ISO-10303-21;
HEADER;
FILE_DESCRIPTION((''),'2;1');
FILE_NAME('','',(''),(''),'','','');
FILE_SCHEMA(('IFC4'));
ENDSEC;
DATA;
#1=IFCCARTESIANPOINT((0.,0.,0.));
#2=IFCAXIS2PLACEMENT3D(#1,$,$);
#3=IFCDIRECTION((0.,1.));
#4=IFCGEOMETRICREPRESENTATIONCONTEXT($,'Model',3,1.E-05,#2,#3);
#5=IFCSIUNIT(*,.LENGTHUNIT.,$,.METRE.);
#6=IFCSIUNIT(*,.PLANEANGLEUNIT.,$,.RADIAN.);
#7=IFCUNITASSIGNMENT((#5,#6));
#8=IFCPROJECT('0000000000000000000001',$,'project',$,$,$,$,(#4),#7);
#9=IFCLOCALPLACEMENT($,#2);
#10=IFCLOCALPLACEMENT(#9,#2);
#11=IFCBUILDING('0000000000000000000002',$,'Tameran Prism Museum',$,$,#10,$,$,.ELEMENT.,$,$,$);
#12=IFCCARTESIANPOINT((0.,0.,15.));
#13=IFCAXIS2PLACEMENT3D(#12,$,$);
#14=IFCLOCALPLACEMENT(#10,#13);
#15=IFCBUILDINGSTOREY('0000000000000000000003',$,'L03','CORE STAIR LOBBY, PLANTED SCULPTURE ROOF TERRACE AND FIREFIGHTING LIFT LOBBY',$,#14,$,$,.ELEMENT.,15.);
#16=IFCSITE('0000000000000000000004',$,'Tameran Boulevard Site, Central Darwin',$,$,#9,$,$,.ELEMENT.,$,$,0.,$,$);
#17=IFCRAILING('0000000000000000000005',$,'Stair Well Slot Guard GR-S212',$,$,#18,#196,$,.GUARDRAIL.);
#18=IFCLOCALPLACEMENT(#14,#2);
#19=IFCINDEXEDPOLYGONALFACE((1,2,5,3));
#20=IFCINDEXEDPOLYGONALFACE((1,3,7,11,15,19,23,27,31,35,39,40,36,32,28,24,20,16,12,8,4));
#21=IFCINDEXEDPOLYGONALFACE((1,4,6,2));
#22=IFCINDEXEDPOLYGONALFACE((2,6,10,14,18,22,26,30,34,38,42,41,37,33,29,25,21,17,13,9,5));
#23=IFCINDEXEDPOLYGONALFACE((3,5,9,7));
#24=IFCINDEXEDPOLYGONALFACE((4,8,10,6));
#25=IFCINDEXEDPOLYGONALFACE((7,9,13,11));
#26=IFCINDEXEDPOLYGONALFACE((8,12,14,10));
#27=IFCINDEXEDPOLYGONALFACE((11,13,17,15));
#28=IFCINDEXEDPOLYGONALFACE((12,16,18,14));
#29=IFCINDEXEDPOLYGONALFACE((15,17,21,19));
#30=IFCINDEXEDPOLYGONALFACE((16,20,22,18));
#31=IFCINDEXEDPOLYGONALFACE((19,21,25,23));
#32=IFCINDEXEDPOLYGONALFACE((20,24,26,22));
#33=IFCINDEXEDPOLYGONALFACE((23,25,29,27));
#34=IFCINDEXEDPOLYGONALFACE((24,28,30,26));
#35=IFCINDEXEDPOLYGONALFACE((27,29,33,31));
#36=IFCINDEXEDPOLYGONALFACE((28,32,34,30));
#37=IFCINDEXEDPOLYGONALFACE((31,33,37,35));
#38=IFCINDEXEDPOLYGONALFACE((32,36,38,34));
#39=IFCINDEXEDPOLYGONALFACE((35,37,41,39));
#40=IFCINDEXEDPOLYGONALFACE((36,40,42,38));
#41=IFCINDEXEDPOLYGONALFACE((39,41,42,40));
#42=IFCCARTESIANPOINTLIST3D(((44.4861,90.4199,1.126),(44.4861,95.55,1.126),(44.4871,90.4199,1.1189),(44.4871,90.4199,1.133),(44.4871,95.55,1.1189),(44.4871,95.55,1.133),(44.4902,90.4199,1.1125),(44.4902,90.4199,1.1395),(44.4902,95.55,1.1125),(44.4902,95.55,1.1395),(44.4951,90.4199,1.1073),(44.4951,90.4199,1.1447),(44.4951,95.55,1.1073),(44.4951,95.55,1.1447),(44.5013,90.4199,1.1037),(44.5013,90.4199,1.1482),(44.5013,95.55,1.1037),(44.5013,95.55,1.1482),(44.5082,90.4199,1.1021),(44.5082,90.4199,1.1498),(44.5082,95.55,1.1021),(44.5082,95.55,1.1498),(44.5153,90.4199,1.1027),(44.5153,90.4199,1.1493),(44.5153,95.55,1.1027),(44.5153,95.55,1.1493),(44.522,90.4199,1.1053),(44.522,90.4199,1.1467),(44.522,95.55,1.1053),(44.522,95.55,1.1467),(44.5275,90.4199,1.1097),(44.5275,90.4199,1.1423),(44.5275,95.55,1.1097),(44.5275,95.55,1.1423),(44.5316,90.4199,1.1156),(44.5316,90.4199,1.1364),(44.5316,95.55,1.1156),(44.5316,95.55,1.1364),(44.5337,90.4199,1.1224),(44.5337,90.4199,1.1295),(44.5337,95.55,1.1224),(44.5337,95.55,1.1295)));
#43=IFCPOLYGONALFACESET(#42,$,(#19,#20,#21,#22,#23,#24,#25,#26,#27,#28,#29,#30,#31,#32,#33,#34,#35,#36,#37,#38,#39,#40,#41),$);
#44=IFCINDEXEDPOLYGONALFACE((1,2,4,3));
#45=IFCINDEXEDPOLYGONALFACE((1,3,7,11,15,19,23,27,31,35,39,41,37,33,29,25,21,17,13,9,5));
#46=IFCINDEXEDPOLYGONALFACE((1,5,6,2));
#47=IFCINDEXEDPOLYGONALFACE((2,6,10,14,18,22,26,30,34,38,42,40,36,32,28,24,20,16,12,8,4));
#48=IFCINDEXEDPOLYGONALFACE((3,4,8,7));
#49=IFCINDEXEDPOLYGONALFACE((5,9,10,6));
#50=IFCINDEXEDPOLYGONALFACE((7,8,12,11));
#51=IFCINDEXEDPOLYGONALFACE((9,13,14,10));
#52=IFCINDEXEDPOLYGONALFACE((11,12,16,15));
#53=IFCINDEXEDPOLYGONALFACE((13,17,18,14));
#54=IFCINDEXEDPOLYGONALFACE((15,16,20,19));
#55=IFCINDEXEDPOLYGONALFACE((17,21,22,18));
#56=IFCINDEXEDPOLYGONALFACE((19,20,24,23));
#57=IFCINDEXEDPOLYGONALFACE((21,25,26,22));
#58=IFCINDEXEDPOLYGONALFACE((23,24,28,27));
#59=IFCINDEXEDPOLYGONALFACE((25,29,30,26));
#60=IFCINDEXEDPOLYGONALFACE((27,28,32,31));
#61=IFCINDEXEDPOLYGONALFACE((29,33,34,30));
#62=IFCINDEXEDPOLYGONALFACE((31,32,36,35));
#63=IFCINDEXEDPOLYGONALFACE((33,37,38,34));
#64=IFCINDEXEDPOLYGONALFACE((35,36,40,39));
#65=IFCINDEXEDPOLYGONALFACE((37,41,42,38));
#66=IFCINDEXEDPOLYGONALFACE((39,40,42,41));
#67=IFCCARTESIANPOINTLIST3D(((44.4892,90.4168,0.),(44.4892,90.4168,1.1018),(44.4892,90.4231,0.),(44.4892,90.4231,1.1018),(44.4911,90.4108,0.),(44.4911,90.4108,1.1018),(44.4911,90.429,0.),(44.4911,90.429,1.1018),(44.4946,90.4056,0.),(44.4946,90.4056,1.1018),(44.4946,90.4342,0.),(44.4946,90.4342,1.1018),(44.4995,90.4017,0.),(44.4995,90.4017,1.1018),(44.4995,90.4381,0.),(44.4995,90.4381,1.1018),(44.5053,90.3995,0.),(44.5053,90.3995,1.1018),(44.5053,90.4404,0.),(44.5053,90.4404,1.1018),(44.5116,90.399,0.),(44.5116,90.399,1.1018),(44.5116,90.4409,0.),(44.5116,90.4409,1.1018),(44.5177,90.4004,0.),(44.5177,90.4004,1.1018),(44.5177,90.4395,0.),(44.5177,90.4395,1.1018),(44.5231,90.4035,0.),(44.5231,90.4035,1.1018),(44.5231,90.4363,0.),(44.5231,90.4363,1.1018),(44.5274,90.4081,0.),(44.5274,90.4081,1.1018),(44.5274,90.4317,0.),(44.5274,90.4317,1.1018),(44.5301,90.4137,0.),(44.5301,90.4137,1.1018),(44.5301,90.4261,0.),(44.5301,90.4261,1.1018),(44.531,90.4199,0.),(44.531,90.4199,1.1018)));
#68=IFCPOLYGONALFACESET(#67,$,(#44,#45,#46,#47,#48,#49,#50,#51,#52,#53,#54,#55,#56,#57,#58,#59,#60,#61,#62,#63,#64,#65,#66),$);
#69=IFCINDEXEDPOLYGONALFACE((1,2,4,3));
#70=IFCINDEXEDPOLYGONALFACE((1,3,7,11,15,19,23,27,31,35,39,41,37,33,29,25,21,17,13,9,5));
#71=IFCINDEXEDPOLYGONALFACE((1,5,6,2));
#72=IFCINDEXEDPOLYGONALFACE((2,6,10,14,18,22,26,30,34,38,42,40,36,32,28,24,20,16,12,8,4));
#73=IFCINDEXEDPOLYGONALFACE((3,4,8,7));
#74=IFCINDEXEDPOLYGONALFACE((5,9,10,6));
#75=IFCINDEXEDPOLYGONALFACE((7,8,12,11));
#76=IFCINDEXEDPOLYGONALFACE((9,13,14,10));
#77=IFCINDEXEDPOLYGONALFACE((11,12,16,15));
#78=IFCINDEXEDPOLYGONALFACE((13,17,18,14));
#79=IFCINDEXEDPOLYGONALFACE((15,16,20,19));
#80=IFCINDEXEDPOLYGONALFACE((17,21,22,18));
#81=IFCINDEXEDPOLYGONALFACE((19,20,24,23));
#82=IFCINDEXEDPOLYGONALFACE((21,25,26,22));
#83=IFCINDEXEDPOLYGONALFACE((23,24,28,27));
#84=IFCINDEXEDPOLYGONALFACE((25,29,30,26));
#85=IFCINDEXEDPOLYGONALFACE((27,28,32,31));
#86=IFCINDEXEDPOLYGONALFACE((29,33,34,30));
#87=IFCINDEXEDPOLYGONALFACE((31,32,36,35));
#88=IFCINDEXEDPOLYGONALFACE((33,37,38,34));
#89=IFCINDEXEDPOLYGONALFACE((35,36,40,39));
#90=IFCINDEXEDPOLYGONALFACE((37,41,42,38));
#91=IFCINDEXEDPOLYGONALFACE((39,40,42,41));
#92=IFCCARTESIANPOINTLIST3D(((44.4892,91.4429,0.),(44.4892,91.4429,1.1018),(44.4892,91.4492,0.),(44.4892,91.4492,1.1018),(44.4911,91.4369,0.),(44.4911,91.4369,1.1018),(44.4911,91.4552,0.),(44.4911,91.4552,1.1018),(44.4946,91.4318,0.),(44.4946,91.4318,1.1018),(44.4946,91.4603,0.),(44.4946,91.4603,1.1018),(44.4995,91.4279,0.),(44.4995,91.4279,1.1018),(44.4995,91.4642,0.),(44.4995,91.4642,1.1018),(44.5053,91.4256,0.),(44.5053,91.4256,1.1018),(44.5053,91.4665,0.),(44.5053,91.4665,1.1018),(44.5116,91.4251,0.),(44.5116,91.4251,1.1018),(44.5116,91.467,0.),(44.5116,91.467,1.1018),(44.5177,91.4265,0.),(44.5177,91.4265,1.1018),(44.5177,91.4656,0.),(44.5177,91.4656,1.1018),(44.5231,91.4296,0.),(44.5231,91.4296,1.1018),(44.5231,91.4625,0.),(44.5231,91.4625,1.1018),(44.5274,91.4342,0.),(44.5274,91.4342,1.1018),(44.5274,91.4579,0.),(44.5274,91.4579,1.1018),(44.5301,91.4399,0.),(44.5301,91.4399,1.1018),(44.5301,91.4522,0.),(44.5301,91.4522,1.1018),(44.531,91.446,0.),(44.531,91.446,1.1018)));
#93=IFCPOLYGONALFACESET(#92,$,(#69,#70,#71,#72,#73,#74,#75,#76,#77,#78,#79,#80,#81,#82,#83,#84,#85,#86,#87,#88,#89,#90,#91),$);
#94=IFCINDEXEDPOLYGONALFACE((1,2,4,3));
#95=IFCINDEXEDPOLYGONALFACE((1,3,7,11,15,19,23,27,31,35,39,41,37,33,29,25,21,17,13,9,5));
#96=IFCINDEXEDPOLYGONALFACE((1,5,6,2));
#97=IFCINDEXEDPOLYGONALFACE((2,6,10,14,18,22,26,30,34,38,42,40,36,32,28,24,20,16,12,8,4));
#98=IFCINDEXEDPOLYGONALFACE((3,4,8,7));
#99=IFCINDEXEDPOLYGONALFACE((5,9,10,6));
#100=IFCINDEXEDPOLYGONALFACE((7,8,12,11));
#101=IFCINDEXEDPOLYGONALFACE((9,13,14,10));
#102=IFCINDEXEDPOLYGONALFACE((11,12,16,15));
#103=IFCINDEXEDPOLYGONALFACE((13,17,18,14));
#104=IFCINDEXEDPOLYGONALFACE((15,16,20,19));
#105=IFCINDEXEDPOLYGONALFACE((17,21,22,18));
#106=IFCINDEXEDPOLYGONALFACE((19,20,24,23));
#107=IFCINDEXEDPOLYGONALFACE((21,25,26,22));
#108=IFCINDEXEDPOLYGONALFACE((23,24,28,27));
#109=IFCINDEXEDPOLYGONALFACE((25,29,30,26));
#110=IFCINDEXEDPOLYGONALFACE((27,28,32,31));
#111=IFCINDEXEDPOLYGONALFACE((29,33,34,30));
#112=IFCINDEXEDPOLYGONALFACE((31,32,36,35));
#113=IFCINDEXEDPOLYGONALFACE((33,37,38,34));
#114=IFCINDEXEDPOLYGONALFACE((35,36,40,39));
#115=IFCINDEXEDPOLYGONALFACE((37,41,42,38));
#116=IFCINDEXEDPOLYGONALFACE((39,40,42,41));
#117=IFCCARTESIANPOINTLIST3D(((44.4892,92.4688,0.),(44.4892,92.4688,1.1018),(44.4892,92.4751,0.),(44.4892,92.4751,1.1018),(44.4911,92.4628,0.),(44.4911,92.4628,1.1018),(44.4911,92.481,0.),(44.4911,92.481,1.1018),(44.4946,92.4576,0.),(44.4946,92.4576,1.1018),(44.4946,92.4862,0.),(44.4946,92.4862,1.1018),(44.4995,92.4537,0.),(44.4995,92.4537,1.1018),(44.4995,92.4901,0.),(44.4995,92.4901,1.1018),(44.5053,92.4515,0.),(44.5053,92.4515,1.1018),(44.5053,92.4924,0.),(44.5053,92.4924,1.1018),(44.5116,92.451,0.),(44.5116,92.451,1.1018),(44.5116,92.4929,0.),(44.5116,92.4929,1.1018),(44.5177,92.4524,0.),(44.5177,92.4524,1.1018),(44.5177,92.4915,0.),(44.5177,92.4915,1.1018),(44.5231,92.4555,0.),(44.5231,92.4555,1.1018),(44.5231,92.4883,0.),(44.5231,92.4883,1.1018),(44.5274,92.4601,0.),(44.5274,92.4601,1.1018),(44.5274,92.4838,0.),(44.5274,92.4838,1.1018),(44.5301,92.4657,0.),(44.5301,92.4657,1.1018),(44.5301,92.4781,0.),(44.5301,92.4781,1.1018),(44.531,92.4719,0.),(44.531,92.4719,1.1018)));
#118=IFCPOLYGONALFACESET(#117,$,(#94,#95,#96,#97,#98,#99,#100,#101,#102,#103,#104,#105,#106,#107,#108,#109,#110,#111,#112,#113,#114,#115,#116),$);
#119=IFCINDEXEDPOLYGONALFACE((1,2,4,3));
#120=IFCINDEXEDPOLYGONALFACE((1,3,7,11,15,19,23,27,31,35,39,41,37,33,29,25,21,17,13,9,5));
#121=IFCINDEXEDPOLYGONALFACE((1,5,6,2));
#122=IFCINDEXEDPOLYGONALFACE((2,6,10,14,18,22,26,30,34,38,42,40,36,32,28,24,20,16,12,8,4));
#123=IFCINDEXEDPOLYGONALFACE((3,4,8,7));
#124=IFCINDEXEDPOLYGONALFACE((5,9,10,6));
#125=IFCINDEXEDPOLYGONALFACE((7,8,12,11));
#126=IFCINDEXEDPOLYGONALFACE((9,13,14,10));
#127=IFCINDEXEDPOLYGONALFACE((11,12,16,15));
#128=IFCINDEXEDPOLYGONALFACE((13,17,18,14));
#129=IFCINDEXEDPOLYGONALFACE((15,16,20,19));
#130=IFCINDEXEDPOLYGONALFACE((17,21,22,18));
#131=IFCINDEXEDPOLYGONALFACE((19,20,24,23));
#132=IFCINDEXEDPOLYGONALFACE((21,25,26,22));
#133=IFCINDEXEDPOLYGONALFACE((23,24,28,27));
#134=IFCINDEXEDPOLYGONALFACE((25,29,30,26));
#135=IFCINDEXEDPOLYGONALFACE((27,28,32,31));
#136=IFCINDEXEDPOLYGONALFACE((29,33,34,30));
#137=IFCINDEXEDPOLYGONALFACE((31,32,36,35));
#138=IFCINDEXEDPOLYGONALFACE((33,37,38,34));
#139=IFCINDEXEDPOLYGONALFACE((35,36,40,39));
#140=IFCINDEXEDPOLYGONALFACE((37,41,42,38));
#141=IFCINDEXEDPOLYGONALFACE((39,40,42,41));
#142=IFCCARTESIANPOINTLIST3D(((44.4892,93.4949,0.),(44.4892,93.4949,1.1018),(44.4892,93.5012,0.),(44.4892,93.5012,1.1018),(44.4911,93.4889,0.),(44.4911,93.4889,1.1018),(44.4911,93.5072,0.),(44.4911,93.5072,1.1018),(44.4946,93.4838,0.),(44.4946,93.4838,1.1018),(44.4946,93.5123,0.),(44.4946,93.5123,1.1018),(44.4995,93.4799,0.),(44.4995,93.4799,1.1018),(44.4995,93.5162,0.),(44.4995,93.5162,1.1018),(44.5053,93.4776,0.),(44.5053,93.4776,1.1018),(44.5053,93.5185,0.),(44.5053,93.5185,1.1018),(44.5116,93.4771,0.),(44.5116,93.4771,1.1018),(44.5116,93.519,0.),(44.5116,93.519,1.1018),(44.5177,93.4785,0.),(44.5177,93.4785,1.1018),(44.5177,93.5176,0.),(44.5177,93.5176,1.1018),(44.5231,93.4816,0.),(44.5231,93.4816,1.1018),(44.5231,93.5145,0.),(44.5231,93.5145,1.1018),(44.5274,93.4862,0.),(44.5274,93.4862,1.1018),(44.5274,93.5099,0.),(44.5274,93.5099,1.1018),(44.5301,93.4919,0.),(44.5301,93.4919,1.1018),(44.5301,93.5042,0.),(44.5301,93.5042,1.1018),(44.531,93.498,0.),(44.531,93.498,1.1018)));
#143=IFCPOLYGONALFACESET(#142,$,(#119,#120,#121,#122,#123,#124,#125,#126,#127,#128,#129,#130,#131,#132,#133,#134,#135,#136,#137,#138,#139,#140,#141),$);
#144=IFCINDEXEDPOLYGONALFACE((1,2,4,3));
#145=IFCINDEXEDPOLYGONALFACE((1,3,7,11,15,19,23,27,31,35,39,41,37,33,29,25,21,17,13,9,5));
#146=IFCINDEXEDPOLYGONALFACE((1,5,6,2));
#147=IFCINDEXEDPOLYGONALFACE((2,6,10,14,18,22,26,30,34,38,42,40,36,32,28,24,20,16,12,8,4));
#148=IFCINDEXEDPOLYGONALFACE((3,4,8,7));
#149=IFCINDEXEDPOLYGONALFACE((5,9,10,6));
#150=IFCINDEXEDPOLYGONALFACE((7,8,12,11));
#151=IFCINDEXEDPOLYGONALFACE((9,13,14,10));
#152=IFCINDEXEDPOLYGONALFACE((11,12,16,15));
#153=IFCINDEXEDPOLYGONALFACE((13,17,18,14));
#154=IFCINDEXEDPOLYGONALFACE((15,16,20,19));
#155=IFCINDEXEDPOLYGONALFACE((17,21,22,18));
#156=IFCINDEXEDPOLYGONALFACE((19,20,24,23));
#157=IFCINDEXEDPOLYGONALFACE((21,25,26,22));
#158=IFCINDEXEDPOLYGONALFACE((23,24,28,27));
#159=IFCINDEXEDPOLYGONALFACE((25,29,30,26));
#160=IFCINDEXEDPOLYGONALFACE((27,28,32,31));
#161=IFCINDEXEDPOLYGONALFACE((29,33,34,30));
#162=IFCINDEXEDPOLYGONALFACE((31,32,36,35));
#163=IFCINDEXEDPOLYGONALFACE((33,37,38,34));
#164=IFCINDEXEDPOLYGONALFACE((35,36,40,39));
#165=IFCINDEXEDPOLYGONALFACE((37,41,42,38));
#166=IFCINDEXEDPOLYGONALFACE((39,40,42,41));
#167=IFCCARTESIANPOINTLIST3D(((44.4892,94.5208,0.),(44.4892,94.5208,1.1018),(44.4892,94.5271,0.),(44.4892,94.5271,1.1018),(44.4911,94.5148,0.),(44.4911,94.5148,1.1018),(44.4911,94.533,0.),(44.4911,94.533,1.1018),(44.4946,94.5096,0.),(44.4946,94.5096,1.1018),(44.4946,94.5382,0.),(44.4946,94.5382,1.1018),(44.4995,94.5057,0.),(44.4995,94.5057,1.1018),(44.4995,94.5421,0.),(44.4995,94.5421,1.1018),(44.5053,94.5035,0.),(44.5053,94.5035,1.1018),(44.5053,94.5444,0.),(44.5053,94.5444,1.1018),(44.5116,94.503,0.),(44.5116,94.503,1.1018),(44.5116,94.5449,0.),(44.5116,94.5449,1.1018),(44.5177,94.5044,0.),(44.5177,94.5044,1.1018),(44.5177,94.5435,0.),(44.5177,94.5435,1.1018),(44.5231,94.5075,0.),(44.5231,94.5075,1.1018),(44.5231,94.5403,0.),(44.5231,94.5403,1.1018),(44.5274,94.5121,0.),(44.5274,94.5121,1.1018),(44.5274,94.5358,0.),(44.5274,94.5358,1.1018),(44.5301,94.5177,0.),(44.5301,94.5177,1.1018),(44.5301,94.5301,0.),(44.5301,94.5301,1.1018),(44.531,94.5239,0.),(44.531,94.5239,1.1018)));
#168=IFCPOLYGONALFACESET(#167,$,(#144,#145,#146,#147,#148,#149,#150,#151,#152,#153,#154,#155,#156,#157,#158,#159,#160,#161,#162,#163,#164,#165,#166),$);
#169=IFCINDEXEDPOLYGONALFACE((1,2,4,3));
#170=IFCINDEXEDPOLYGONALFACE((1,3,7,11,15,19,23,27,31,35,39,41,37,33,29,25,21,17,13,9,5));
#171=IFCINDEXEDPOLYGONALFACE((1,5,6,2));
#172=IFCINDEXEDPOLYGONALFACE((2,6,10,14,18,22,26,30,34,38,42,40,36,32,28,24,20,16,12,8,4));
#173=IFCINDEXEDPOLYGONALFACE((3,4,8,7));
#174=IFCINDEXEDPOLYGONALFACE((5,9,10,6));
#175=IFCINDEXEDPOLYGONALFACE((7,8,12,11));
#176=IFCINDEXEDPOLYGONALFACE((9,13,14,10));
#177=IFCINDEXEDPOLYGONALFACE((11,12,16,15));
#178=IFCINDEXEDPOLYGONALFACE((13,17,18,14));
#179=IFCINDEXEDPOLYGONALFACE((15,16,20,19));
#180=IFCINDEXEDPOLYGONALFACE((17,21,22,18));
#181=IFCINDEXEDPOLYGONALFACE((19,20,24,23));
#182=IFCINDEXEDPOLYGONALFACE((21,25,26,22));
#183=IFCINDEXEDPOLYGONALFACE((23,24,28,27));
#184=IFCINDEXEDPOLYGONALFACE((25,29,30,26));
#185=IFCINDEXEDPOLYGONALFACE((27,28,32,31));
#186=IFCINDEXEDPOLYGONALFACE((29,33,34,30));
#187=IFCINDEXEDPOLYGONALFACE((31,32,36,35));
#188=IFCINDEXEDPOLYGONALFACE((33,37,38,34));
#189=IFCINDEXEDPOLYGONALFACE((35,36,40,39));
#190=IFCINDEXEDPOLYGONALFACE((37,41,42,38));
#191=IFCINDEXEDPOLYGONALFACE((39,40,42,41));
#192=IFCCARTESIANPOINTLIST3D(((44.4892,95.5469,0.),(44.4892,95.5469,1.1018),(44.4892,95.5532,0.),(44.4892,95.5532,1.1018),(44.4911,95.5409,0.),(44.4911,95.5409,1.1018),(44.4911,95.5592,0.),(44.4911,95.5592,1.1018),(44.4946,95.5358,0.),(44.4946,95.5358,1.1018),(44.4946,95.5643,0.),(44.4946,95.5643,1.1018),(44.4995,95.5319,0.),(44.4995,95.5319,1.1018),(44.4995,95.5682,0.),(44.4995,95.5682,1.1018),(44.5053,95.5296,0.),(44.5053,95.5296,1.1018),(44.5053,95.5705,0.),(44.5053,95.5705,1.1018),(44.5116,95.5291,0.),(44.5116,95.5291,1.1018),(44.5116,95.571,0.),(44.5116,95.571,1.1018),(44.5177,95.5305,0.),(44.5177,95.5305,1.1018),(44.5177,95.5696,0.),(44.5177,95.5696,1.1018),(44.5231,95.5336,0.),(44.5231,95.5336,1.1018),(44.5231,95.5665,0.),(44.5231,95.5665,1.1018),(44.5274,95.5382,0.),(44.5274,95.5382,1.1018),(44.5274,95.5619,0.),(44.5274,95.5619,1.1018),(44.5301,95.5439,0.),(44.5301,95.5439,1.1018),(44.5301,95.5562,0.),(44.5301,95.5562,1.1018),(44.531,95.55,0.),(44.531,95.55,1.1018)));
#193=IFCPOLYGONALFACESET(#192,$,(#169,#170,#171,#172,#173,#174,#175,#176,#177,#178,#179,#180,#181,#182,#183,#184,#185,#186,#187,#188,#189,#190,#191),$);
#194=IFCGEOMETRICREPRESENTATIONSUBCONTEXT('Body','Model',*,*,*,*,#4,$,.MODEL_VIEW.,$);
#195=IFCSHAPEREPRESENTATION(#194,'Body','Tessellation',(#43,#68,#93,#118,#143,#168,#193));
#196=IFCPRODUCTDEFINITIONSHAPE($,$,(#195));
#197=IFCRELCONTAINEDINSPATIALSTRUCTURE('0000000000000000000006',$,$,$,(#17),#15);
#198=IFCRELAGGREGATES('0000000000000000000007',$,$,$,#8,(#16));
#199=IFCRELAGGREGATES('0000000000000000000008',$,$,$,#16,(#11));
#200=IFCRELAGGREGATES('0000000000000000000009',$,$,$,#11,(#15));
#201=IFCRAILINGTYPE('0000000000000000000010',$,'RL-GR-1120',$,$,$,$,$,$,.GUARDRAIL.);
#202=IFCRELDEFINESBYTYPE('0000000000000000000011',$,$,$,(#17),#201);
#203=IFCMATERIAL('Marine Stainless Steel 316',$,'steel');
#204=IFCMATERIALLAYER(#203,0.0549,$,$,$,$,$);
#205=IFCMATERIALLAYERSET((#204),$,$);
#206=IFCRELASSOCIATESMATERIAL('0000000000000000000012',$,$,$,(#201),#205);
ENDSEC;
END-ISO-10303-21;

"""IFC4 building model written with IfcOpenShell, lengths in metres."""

from ifc_helpers import new_model, si_unit, direction, frame, origin, origin_2d, place, context, subcontext, project, spatial, circle, extrude, material, layer, layer_set, type_object, element, save


model = new_model("IFC4")

# Units and contexts
model_context = context("Model", 3, precision=1e-05, world=origin(), true_north=direction((0.0, 1.0)))
body_context = subcontext(model_context, "Body", "Model", "MODEL_VIEW")
ifc_project = project(units=[si_unit("LENGTHUNIT", "METRE"), si_unit("PLANEANGLEUNIT", "RADIAN")], contexts=[model_context])

# Site, building, storey
site_placement = place(None, origin())
site = spatial("IfcSite", under=ifc_project, at=site_placement, Name="Tameran Boulevard Site, Central Darwin", CompositionType="ELEMENT", RefElevation=0.0)
building_placement = place(site_placement, origin())
building = spatial("IfcBuilding", under=site, at=building_placement, Name="Tameran Prism Museum", CompositionType="ELEMENT")
storey_placement = place(building_placement, frame((0.0, 0.0, 15.0)))
storey = spatial("IfcBuildingStorey", under=building, at=storey_placement, Name="L03", Description="CORE STAIR LOBBY, PLANTED SCULPTURE ROOF TERRACE AND FIREFIGHTING LIFT LOBBY", CompositionType="ELEMENT", Elevation=15.0)

# Railing
ifc_material_1 = material(Name="Marine Stainless Steel 316", Category="steel")
ifc_layer_1 = layer(ifc_material_1, 0.0549)
ifc_layer_set_1 = layer_set([ifc_layer_1])
railing_type = type_object("IfcRailingType", Name="RL-GR-1120", PredefinedType="GUARDRAIL", material=ifc_layer_set_1)
railing_placement = place(storey_placement, frame((44.51, 90.4199, 0.0)))
element("IfcRailing", 1, at=railing_placement, inside=storey, type_object=railing_type, Name="Stair Well Slot Guard GR-S212", PredefinedType="GUARDRAIL", context=body_context, shape_type="SweptSolid", body=[
    extrude(circle(Radius=0.0239, at=origin_2d()), frame((0.0, 0.0, 1.126), z_axis=(0.0, 1.0, 0.0), x_axis=(-1.0, 0.0, 0.0)), (0.0, 0.0, 1.0), 5.1301),
    extrude(circle(Radius=0.021, at=origin_2d()), origin(), (0.0, 0.0, 1.0), 1.1018),
    extrude(circle(Radius=0.021, at=origin_2d()), frame((0.0, 1.0261, 0.0)), (0.0, 0.0, 1.0), 1.1018),
    extrude(circle(Radius=0.021, at=origin_2d()), frame((0.0, 2.052, 0.0)), (0.0, 0.0, 1.0), 1.1018),
    extrude(circle(Radius=0.021, at=origin_2d()), frame((0.0, 3.0781, 0.0)), (0.0, 0.0, 1.0), 1.1018),
    extrude(circle(Radius=0.021, at=origin_2d()), frame((0.0, 4.104, 0.0)), (0.0, 0.0, 1.0), 1.1018),
    extrude(circle(Radius=0.021, at=origin_2d()), frame((0.0, 5.1301, 0.0)), (0.0, 0.0, 1.0), 1.1018),
])

save(model, "model.ifc")
